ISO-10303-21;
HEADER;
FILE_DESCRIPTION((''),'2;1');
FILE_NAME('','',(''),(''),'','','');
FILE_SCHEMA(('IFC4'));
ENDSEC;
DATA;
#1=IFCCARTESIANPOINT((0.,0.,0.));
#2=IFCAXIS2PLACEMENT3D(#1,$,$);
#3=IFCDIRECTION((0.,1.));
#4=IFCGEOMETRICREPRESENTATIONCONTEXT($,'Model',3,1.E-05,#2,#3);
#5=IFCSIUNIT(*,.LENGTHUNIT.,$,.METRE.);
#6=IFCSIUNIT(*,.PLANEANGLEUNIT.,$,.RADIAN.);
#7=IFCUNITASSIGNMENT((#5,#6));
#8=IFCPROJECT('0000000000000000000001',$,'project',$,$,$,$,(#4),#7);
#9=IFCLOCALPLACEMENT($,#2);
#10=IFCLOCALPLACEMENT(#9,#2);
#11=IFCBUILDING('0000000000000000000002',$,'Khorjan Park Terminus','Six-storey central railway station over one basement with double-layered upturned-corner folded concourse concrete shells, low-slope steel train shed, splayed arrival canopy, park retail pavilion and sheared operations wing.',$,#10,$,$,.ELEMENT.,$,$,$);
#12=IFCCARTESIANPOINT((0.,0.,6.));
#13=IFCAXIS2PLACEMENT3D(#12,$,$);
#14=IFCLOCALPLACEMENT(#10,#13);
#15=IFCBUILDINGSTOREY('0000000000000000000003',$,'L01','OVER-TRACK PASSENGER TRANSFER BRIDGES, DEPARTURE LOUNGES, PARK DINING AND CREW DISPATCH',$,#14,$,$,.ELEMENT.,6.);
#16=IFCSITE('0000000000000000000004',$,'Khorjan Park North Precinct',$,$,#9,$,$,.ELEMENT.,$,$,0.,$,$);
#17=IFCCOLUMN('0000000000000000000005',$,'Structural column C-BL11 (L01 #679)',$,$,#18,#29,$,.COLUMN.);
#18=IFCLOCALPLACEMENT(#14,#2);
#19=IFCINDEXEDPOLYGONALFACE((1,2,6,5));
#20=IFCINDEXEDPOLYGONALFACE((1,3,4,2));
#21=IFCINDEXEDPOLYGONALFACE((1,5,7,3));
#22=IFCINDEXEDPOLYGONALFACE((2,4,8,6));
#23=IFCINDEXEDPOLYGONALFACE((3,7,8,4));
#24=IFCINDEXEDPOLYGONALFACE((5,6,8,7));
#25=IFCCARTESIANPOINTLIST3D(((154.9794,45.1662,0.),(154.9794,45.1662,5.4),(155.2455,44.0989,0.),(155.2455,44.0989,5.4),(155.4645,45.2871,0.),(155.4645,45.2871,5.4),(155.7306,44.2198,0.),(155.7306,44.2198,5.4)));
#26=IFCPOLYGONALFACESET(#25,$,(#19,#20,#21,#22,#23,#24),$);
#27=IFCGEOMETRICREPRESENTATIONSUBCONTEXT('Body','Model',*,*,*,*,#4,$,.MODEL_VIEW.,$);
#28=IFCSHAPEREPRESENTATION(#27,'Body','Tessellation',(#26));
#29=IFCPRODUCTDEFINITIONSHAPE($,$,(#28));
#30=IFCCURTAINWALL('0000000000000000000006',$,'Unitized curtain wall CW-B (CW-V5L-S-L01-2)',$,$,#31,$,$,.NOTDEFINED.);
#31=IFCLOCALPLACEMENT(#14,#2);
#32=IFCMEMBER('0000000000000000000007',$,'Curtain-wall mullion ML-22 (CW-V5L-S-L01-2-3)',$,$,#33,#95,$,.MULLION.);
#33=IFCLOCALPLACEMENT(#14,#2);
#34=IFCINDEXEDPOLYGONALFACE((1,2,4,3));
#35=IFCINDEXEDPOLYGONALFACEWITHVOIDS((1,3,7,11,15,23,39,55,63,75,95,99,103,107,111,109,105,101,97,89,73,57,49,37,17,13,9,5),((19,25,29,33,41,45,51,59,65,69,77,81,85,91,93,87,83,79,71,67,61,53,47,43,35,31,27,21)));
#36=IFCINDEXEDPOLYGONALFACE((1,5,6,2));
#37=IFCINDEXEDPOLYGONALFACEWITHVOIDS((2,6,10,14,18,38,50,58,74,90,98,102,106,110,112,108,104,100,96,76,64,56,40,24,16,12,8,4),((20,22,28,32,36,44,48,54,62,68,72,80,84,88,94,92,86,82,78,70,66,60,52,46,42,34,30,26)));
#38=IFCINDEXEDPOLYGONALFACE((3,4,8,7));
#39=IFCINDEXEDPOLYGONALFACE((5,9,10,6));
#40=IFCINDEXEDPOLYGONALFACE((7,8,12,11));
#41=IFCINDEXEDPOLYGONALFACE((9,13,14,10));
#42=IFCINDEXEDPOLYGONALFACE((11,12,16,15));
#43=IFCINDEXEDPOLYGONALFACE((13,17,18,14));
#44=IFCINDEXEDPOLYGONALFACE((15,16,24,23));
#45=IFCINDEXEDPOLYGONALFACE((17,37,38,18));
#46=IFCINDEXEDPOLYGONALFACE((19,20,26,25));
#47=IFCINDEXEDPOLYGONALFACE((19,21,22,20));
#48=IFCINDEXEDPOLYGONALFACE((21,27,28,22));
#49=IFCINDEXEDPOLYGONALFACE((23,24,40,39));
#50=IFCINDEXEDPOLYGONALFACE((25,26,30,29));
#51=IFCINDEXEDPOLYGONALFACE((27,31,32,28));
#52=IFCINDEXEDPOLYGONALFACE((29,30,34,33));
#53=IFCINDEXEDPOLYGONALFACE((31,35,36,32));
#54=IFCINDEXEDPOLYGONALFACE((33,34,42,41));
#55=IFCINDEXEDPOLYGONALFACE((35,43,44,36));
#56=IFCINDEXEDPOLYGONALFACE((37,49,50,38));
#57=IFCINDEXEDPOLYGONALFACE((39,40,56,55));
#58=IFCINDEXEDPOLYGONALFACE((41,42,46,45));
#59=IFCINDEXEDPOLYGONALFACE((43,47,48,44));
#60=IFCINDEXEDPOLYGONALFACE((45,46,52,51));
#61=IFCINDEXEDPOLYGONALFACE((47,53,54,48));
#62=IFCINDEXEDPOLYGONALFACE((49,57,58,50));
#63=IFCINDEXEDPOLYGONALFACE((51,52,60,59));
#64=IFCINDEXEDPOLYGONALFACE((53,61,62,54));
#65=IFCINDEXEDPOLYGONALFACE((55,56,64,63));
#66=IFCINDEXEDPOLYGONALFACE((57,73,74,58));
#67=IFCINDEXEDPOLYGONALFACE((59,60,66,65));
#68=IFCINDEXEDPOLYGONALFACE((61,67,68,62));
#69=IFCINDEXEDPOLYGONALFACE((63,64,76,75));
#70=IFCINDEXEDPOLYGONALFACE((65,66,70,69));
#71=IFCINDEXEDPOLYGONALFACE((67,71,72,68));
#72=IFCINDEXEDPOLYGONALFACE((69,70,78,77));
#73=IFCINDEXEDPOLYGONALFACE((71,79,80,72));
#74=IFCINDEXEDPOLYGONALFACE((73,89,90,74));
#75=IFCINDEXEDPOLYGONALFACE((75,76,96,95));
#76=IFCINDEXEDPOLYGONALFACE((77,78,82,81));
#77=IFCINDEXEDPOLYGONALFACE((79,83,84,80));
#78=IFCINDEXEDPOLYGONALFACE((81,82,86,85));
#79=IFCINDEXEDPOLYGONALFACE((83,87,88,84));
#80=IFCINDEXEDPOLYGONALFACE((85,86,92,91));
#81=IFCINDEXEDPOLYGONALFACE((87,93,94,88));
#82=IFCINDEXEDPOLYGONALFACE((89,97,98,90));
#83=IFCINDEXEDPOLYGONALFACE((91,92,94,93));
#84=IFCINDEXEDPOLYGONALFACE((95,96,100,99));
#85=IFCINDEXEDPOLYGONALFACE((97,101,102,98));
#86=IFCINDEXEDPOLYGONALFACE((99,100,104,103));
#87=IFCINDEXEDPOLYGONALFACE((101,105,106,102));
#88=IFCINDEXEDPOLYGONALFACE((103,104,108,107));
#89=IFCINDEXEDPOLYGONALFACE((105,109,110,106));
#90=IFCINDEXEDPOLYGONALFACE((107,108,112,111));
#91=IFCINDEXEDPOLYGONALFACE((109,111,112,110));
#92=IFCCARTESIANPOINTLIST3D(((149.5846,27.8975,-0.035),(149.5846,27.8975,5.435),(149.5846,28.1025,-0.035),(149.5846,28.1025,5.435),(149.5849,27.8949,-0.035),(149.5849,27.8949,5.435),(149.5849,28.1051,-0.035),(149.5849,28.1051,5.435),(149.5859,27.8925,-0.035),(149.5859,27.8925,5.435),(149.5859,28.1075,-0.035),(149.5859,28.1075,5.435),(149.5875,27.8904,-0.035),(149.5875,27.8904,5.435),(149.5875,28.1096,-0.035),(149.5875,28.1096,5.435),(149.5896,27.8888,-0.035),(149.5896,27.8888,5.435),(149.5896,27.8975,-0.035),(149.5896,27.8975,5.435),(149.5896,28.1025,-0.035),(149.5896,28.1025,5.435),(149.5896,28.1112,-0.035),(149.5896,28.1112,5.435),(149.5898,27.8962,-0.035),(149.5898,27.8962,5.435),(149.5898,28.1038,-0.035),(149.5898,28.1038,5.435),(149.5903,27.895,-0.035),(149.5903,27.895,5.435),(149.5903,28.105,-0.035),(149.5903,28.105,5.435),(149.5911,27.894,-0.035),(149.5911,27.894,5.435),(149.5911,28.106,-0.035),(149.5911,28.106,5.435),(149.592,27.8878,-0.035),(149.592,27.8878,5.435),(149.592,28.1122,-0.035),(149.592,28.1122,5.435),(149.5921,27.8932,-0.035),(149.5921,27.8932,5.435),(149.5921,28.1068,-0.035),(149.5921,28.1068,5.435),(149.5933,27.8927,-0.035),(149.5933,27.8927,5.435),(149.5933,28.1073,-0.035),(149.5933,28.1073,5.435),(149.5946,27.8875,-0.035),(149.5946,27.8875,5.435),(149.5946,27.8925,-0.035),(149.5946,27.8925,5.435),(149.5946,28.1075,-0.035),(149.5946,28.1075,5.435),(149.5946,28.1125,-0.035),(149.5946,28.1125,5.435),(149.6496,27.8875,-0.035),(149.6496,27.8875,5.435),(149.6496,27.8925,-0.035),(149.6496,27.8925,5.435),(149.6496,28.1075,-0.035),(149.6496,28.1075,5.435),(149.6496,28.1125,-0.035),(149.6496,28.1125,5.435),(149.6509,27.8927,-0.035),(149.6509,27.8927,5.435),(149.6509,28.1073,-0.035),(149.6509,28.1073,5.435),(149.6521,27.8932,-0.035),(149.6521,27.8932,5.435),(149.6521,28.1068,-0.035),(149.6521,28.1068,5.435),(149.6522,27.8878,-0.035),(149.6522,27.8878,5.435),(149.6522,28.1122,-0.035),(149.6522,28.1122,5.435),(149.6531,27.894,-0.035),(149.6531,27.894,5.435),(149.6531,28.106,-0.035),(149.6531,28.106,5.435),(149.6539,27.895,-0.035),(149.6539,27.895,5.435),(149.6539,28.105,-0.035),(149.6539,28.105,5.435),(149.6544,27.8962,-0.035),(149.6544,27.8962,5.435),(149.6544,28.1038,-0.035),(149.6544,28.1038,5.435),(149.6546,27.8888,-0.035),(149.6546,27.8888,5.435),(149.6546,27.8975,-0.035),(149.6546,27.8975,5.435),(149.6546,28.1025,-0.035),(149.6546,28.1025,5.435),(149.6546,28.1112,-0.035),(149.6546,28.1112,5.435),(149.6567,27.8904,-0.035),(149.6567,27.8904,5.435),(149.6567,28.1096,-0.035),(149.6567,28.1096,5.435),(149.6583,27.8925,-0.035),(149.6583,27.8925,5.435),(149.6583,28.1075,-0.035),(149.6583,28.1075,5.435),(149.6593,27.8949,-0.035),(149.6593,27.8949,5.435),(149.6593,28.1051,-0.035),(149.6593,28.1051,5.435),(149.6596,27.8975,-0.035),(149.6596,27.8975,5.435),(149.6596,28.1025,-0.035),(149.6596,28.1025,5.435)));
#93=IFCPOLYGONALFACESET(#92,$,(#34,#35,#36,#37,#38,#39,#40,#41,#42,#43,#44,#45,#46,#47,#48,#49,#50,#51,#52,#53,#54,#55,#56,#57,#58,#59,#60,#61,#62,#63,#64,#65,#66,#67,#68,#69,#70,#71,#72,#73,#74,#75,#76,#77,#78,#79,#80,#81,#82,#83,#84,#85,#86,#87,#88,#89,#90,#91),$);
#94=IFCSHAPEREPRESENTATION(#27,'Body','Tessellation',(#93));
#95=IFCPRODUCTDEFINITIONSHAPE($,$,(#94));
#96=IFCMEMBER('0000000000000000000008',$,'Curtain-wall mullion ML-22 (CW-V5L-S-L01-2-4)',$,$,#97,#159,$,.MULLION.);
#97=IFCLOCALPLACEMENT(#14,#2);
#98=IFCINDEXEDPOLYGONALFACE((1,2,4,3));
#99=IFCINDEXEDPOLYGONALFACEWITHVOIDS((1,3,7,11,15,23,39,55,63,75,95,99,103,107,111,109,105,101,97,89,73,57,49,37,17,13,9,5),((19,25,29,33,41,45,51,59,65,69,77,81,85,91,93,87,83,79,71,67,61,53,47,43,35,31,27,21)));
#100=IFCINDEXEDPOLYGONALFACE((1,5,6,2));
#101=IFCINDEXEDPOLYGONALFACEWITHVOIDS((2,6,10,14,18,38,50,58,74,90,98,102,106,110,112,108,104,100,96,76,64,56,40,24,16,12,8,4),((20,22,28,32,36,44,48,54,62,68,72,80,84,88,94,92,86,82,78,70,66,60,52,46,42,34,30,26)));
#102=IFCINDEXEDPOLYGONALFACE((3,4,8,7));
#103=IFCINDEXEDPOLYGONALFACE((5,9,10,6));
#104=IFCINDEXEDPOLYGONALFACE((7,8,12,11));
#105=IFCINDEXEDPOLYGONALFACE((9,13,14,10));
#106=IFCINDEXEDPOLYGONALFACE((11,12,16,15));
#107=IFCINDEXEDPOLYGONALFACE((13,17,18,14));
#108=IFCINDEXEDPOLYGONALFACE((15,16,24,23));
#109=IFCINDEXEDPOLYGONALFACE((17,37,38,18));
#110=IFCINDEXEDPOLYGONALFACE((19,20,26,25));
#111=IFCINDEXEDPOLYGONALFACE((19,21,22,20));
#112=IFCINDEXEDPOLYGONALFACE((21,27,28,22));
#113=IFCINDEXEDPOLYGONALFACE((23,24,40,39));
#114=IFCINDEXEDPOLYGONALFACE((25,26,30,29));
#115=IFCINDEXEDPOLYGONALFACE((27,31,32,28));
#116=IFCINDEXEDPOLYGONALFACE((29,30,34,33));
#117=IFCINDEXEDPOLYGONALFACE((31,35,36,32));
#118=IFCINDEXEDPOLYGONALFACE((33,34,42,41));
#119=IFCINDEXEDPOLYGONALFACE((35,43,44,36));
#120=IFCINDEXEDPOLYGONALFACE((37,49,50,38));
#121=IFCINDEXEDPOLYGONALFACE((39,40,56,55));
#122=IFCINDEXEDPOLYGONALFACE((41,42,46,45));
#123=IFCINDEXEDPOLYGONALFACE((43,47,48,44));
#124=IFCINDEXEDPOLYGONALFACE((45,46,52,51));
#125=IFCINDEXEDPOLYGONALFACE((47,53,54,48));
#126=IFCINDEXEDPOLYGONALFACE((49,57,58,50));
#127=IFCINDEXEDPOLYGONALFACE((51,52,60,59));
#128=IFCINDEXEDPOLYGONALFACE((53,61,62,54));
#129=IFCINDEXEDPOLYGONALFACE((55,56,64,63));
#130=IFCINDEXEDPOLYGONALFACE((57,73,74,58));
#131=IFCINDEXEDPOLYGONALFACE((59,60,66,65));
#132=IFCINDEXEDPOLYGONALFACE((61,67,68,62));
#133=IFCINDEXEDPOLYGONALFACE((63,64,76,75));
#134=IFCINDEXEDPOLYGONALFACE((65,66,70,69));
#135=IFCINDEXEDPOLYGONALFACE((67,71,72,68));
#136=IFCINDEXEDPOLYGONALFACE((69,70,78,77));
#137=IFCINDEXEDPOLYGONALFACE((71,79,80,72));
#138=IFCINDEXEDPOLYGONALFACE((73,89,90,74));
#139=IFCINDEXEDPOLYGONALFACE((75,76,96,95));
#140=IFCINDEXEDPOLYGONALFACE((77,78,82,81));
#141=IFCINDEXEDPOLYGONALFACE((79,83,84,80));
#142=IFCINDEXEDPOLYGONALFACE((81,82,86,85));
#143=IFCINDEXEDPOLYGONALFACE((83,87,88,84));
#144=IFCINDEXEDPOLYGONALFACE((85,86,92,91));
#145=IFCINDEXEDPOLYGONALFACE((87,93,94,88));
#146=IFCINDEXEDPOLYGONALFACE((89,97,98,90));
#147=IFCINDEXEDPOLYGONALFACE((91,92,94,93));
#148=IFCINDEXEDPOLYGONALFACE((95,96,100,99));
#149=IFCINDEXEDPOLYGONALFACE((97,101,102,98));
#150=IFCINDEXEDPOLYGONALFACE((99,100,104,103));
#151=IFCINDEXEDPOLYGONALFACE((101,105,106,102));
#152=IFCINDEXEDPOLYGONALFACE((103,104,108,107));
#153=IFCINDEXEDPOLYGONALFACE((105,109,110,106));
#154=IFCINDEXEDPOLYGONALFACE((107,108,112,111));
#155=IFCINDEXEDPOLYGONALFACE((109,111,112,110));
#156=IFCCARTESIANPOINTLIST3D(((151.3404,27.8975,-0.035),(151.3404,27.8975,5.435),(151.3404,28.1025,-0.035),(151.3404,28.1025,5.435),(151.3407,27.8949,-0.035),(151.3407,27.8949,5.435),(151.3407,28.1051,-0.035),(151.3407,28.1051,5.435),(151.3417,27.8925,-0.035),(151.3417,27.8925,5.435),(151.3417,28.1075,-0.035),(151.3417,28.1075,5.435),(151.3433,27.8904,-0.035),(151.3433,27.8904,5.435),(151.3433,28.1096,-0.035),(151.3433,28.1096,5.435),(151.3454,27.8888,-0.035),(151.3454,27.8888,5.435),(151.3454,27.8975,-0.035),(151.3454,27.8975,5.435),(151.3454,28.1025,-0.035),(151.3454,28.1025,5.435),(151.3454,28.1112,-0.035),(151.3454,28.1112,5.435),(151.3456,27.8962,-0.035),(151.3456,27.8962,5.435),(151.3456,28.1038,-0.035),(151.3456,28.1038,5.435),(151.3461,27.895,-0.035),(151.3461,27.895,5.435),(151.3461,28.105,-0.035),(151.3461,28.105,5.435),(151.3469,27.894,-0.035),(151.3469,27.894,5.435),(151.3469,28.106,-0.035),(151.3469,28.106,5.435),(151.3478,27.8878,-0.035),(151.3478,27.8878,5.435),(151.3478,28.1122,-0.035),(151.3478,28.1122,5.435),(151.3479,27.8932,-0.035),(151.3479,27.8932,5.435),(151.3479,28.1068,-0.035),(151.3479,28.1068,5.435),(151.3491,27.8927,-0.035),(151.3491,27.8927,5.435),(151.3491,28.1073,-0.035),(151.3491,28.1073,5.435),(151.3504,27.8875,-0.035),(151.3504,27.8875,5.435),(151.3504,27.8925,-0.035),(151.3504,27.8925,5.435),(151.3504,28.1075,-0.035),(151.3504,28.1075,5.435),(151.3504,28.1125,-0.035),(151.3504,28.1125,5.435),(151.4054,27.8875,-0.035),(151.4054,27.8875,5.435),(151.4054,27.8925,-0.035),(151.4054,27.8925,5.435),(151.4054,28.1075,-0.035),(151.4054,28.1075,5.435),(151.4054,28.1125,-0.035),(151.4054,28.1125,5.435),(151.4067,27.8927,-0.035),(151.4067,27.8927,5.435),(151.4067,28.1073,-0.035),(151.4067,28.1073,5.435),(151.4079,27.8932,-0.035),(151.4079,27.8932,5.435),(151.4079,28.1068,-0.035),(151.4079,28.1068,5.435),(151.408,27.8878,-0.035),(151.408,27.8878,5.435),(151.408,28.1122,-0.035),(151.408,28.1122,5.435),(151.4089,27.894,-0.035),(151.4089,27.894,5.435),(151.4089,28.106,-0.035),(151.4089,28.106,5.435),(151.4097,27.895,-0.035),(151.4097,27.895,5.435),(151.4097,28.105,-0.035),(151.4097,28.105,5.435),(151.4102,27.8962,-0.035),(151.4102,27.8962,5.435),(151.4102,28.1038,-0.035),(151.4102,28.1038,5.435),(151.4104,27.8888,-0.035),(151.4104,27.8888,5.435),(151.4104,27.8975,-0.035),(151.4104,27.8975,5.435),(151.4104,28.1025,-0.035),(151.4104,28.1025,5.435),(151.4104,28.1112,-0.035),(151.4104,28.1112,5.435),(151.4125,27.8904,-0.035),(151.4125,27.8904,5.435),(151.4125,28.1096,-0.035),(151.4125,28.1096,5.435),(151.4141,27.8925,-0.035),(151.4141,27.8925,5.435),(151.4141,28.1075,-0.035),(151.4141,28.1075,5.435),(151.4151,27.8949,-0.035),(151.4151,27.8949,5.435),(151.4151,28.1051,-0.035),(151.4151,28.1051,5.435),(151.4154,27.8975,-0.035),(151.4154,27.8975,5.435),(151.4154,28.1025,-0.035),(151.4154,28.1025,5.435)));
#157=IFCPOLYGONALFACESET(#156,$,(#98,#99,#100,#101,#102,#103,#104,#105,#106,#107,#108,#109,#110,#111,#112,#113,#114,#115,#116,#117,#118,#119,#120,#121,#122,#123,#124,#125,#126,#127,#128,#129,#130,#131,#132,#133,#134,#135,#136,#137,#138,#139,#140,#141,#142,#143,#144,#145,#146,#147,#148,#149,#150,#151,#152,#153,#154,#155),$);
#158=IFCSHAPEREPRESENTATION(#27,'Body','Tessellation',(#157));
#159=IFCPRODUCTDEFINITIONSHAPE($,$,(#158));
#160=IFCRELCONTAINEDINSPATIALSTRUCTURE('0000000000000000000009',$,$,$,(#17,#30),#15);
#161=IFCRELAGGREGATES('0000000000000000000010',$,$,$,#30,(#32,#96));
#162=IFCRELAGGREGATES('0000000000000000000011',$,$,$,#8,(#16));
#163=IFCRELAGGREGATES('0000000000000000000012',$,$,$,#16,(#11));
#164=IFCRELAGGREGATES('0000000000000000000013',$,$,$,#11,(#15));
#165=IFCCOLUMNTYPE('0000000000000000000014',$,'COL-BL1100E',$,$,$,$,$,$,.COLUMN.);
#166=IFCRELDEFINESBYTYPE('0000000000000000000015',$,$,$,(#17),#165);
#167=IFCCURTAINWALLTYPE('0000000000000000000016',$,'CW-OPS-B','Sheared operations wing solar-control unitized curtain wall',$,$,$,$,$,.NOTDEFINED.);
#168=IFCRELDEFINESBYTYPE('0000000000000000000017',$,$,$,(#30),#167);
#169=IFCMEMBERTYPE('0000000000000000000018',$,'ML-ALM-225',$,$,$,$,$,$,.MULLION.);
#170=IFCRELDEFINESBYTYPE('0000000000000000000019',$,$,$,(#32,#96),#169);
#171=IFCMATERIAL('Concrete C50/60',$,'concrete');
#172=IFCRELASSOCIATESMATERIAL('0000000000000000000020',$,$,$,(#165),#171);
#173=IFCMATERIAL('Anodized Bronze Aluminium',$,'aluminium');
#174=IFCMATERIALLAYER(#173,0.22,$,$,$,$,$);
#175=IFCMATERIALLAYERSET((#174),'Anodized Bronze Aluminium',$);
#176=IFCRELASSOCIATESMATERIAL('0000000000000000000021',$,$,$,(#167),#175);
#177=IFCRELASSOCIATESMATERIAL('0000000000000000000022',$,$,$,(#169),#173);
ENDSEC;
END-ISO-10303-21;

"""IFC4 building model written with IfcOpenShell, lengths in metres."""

from ifc_helpers import new_model, si_unit, direction, frame, origin, origin_2d, place, context, subcontext, project, spatial, rectangle, hollow_rectangle, extrude, material, layer, layer_set, material_profile, profile_set, type_object, element, aggregate, save


model = new_model("IFC4")

# Units and contexts
model_context = context("Model", 3, precision=1e-05, world=origin(), true_north=direction((0.0, 1.0)))
body_context = subcontext(model_context, "Body", "Model", "MODEL_VIEW")
ifc_project = project(units=[si_unit("LENGTHUNIT", "METRE"), si_unit("PLANEANGLEUNIT", "RADIAN")], contexts=[model_context])

# Site, building, storey
site_placement = place(None, origin())
site = spatial("IfcSite", under=ifc_project, at=site_placement, Name="Khorjan Park North Precinct", CompositionType="ELEMENT", RefElevation=0.0)
building_placement = place(site_placement, origin())
building = spatial("IfcBuilding", under=site, at=building_placement, Name="Khorjan Park Terminus", Description="Six-storey central railway station over one basement with double-layered upturned-corner folded concourse concrete shells, low-slope steel train shed, splayed arrival canopy, park retail pavilion and sheared operations wing.", CompositionType="ELEMENT")
storey_placement = place(building_placement, frame((0.0, 0.0, 6.0)))
storey = spatial("IfcBuildingStorey", under=building, at=storey_placement, Name="L01", Description="OVER-TRACK PASSENGER TRANSFER BRIDGES, DEPARTURE LOUNGES, PARK DINING AND CREW DISPATCH", CompositionType="ELEMENT", Elevation=6.0)

# Column
ifc_material_1 = material(Name="Concrete C50/60", Category="concrete")
ifc_material_profile_1 = material_profile(ifc_material_1, rectangle(XDim=0.5, YDim=1.1, at=origin_2d()), Name="RC 500x1100")
ifc_profile_set_1 = profile_set([ifc_material_profile_1], Name="Concrete C50/60")
column_type = type_object("IfcColumnType", Name="COL-BL1100E", PredefinedType="COLUMN", material=ifc_profile_set_1)
column_placement = place(storey_placement, frame((155.355, 44.693, 0.0), z_axis=(0.0, 0.0, 1.0), x_axis=(0.970296, 0.241922, 0.0)))
element("IfcColumn", 1, at=column_placement, inside=storey, type_object=column_type, Name="Structural column C-BL11 (L01 #679)", PredefinedType="COLUMN", context=body_context, shape_type="SweptSolid", body=[
    extrude(rectangle(XDim=0.5, YDim=1.1, at=origin_2d()), origin(), (0.0, 0.0, 1.0), 5.4),
])

# Curtain wall, members
ifc_material_2 = material(Name="Anodized Bronze Aluminium", Category="aluminium")
ifc_layer_1 = layer(ifc_material_2, 0.22)
ifc_layer_set_1 = layer_set([ifc_layer_1], Name="Anodized Bronze Aluminium")
curtain_wall_type = type_object("IfcCurtainWallType", Name="CW-OPS-B", Description="Sheared operations wing solar-control unitized curtain wall", PredefinedType="NOTDEFINED", material=ifc_layer_set_1)
curtain_wall_placement = place(storey_placement, origin())
curtain_wall = element("IfcCurtainWall", 2, at=curtain_wall_placement, inside=storey, type_object=curtain_wall_type, Name="Unitized curtain wall CW-B (CW-V5L-S-L01-2)", PredefinedType="NOTDEFINED")
ifc_material_profile_2 = material_profile(ifc_material_2, hollow_rectangle(XDim=0.075, YDim=0.225, WallThickness=0.005, InnerFilletRadius=0.005, OuterFilletRadius=0.01, at=origin_2d()), Name="ALM 75x225x5")
ifc_profile_set_2 = profile_set([ifc_material_profile_2], Name="Anodized Bronze Aluminium")
member_type_1 = type_object("IfcMemberType", Name="ML-ALM-225", PredefinedType="MULLION", material=ifc_profile_set_2)
member_1_placement = place(storey_placement, frame((149.6221, 28.0, -0.035), z_axis=(0.0, 0.0, 1.0), x_axis=(1.0, 0.0, 0.0)))
member_1 = element("IfcMember", 3, at=member_1_placement, type_object=member_type_1, Name="Curtain-wall mullion ML-22 (CW-V5L-S-L01-2-3)", PredefinedType="MULLION", context=body_context, shape_type="SweptSolid", body=[
    extrude(hollow_rectangle(XDim=0.075, YDim=0.225, WallThickness=0.005, InnerFilletRadius=0.005, OuterFilletRadius=0.01, at=origin_2d()), origin(), (0.0, 0.0, 1.0), 5.47),
])
member_2_placement = place(storey_placement, frame((151.3779, 28.0, -0.035), z_axis=(0.0, 0.0, 1.0), x_axis=(1.0, 0.0, 0.0)))
member_2 = element("IfcMember", 4, at=member_2_placement, type_object=member_type_1, Name="Curtain-wall mullion ML-22 (CW-V5L-S-L01-2-4)", PredefinedType="MULLION", context=body_context, shape_type="SweptSolid", body=[
    extrude(hollow_rectangle(XDim=0.075, YDim=0.225, WallThickness=0.005, InnerFilletRadius=0.005, OuterFilletRadius=0.01, at=origin_2d()), origin(), (0.0, 0.0, 1.0), 5.47),
])
aggregate(curtain_wall, [member_1, member_2])

save(model, "model.ifc")
